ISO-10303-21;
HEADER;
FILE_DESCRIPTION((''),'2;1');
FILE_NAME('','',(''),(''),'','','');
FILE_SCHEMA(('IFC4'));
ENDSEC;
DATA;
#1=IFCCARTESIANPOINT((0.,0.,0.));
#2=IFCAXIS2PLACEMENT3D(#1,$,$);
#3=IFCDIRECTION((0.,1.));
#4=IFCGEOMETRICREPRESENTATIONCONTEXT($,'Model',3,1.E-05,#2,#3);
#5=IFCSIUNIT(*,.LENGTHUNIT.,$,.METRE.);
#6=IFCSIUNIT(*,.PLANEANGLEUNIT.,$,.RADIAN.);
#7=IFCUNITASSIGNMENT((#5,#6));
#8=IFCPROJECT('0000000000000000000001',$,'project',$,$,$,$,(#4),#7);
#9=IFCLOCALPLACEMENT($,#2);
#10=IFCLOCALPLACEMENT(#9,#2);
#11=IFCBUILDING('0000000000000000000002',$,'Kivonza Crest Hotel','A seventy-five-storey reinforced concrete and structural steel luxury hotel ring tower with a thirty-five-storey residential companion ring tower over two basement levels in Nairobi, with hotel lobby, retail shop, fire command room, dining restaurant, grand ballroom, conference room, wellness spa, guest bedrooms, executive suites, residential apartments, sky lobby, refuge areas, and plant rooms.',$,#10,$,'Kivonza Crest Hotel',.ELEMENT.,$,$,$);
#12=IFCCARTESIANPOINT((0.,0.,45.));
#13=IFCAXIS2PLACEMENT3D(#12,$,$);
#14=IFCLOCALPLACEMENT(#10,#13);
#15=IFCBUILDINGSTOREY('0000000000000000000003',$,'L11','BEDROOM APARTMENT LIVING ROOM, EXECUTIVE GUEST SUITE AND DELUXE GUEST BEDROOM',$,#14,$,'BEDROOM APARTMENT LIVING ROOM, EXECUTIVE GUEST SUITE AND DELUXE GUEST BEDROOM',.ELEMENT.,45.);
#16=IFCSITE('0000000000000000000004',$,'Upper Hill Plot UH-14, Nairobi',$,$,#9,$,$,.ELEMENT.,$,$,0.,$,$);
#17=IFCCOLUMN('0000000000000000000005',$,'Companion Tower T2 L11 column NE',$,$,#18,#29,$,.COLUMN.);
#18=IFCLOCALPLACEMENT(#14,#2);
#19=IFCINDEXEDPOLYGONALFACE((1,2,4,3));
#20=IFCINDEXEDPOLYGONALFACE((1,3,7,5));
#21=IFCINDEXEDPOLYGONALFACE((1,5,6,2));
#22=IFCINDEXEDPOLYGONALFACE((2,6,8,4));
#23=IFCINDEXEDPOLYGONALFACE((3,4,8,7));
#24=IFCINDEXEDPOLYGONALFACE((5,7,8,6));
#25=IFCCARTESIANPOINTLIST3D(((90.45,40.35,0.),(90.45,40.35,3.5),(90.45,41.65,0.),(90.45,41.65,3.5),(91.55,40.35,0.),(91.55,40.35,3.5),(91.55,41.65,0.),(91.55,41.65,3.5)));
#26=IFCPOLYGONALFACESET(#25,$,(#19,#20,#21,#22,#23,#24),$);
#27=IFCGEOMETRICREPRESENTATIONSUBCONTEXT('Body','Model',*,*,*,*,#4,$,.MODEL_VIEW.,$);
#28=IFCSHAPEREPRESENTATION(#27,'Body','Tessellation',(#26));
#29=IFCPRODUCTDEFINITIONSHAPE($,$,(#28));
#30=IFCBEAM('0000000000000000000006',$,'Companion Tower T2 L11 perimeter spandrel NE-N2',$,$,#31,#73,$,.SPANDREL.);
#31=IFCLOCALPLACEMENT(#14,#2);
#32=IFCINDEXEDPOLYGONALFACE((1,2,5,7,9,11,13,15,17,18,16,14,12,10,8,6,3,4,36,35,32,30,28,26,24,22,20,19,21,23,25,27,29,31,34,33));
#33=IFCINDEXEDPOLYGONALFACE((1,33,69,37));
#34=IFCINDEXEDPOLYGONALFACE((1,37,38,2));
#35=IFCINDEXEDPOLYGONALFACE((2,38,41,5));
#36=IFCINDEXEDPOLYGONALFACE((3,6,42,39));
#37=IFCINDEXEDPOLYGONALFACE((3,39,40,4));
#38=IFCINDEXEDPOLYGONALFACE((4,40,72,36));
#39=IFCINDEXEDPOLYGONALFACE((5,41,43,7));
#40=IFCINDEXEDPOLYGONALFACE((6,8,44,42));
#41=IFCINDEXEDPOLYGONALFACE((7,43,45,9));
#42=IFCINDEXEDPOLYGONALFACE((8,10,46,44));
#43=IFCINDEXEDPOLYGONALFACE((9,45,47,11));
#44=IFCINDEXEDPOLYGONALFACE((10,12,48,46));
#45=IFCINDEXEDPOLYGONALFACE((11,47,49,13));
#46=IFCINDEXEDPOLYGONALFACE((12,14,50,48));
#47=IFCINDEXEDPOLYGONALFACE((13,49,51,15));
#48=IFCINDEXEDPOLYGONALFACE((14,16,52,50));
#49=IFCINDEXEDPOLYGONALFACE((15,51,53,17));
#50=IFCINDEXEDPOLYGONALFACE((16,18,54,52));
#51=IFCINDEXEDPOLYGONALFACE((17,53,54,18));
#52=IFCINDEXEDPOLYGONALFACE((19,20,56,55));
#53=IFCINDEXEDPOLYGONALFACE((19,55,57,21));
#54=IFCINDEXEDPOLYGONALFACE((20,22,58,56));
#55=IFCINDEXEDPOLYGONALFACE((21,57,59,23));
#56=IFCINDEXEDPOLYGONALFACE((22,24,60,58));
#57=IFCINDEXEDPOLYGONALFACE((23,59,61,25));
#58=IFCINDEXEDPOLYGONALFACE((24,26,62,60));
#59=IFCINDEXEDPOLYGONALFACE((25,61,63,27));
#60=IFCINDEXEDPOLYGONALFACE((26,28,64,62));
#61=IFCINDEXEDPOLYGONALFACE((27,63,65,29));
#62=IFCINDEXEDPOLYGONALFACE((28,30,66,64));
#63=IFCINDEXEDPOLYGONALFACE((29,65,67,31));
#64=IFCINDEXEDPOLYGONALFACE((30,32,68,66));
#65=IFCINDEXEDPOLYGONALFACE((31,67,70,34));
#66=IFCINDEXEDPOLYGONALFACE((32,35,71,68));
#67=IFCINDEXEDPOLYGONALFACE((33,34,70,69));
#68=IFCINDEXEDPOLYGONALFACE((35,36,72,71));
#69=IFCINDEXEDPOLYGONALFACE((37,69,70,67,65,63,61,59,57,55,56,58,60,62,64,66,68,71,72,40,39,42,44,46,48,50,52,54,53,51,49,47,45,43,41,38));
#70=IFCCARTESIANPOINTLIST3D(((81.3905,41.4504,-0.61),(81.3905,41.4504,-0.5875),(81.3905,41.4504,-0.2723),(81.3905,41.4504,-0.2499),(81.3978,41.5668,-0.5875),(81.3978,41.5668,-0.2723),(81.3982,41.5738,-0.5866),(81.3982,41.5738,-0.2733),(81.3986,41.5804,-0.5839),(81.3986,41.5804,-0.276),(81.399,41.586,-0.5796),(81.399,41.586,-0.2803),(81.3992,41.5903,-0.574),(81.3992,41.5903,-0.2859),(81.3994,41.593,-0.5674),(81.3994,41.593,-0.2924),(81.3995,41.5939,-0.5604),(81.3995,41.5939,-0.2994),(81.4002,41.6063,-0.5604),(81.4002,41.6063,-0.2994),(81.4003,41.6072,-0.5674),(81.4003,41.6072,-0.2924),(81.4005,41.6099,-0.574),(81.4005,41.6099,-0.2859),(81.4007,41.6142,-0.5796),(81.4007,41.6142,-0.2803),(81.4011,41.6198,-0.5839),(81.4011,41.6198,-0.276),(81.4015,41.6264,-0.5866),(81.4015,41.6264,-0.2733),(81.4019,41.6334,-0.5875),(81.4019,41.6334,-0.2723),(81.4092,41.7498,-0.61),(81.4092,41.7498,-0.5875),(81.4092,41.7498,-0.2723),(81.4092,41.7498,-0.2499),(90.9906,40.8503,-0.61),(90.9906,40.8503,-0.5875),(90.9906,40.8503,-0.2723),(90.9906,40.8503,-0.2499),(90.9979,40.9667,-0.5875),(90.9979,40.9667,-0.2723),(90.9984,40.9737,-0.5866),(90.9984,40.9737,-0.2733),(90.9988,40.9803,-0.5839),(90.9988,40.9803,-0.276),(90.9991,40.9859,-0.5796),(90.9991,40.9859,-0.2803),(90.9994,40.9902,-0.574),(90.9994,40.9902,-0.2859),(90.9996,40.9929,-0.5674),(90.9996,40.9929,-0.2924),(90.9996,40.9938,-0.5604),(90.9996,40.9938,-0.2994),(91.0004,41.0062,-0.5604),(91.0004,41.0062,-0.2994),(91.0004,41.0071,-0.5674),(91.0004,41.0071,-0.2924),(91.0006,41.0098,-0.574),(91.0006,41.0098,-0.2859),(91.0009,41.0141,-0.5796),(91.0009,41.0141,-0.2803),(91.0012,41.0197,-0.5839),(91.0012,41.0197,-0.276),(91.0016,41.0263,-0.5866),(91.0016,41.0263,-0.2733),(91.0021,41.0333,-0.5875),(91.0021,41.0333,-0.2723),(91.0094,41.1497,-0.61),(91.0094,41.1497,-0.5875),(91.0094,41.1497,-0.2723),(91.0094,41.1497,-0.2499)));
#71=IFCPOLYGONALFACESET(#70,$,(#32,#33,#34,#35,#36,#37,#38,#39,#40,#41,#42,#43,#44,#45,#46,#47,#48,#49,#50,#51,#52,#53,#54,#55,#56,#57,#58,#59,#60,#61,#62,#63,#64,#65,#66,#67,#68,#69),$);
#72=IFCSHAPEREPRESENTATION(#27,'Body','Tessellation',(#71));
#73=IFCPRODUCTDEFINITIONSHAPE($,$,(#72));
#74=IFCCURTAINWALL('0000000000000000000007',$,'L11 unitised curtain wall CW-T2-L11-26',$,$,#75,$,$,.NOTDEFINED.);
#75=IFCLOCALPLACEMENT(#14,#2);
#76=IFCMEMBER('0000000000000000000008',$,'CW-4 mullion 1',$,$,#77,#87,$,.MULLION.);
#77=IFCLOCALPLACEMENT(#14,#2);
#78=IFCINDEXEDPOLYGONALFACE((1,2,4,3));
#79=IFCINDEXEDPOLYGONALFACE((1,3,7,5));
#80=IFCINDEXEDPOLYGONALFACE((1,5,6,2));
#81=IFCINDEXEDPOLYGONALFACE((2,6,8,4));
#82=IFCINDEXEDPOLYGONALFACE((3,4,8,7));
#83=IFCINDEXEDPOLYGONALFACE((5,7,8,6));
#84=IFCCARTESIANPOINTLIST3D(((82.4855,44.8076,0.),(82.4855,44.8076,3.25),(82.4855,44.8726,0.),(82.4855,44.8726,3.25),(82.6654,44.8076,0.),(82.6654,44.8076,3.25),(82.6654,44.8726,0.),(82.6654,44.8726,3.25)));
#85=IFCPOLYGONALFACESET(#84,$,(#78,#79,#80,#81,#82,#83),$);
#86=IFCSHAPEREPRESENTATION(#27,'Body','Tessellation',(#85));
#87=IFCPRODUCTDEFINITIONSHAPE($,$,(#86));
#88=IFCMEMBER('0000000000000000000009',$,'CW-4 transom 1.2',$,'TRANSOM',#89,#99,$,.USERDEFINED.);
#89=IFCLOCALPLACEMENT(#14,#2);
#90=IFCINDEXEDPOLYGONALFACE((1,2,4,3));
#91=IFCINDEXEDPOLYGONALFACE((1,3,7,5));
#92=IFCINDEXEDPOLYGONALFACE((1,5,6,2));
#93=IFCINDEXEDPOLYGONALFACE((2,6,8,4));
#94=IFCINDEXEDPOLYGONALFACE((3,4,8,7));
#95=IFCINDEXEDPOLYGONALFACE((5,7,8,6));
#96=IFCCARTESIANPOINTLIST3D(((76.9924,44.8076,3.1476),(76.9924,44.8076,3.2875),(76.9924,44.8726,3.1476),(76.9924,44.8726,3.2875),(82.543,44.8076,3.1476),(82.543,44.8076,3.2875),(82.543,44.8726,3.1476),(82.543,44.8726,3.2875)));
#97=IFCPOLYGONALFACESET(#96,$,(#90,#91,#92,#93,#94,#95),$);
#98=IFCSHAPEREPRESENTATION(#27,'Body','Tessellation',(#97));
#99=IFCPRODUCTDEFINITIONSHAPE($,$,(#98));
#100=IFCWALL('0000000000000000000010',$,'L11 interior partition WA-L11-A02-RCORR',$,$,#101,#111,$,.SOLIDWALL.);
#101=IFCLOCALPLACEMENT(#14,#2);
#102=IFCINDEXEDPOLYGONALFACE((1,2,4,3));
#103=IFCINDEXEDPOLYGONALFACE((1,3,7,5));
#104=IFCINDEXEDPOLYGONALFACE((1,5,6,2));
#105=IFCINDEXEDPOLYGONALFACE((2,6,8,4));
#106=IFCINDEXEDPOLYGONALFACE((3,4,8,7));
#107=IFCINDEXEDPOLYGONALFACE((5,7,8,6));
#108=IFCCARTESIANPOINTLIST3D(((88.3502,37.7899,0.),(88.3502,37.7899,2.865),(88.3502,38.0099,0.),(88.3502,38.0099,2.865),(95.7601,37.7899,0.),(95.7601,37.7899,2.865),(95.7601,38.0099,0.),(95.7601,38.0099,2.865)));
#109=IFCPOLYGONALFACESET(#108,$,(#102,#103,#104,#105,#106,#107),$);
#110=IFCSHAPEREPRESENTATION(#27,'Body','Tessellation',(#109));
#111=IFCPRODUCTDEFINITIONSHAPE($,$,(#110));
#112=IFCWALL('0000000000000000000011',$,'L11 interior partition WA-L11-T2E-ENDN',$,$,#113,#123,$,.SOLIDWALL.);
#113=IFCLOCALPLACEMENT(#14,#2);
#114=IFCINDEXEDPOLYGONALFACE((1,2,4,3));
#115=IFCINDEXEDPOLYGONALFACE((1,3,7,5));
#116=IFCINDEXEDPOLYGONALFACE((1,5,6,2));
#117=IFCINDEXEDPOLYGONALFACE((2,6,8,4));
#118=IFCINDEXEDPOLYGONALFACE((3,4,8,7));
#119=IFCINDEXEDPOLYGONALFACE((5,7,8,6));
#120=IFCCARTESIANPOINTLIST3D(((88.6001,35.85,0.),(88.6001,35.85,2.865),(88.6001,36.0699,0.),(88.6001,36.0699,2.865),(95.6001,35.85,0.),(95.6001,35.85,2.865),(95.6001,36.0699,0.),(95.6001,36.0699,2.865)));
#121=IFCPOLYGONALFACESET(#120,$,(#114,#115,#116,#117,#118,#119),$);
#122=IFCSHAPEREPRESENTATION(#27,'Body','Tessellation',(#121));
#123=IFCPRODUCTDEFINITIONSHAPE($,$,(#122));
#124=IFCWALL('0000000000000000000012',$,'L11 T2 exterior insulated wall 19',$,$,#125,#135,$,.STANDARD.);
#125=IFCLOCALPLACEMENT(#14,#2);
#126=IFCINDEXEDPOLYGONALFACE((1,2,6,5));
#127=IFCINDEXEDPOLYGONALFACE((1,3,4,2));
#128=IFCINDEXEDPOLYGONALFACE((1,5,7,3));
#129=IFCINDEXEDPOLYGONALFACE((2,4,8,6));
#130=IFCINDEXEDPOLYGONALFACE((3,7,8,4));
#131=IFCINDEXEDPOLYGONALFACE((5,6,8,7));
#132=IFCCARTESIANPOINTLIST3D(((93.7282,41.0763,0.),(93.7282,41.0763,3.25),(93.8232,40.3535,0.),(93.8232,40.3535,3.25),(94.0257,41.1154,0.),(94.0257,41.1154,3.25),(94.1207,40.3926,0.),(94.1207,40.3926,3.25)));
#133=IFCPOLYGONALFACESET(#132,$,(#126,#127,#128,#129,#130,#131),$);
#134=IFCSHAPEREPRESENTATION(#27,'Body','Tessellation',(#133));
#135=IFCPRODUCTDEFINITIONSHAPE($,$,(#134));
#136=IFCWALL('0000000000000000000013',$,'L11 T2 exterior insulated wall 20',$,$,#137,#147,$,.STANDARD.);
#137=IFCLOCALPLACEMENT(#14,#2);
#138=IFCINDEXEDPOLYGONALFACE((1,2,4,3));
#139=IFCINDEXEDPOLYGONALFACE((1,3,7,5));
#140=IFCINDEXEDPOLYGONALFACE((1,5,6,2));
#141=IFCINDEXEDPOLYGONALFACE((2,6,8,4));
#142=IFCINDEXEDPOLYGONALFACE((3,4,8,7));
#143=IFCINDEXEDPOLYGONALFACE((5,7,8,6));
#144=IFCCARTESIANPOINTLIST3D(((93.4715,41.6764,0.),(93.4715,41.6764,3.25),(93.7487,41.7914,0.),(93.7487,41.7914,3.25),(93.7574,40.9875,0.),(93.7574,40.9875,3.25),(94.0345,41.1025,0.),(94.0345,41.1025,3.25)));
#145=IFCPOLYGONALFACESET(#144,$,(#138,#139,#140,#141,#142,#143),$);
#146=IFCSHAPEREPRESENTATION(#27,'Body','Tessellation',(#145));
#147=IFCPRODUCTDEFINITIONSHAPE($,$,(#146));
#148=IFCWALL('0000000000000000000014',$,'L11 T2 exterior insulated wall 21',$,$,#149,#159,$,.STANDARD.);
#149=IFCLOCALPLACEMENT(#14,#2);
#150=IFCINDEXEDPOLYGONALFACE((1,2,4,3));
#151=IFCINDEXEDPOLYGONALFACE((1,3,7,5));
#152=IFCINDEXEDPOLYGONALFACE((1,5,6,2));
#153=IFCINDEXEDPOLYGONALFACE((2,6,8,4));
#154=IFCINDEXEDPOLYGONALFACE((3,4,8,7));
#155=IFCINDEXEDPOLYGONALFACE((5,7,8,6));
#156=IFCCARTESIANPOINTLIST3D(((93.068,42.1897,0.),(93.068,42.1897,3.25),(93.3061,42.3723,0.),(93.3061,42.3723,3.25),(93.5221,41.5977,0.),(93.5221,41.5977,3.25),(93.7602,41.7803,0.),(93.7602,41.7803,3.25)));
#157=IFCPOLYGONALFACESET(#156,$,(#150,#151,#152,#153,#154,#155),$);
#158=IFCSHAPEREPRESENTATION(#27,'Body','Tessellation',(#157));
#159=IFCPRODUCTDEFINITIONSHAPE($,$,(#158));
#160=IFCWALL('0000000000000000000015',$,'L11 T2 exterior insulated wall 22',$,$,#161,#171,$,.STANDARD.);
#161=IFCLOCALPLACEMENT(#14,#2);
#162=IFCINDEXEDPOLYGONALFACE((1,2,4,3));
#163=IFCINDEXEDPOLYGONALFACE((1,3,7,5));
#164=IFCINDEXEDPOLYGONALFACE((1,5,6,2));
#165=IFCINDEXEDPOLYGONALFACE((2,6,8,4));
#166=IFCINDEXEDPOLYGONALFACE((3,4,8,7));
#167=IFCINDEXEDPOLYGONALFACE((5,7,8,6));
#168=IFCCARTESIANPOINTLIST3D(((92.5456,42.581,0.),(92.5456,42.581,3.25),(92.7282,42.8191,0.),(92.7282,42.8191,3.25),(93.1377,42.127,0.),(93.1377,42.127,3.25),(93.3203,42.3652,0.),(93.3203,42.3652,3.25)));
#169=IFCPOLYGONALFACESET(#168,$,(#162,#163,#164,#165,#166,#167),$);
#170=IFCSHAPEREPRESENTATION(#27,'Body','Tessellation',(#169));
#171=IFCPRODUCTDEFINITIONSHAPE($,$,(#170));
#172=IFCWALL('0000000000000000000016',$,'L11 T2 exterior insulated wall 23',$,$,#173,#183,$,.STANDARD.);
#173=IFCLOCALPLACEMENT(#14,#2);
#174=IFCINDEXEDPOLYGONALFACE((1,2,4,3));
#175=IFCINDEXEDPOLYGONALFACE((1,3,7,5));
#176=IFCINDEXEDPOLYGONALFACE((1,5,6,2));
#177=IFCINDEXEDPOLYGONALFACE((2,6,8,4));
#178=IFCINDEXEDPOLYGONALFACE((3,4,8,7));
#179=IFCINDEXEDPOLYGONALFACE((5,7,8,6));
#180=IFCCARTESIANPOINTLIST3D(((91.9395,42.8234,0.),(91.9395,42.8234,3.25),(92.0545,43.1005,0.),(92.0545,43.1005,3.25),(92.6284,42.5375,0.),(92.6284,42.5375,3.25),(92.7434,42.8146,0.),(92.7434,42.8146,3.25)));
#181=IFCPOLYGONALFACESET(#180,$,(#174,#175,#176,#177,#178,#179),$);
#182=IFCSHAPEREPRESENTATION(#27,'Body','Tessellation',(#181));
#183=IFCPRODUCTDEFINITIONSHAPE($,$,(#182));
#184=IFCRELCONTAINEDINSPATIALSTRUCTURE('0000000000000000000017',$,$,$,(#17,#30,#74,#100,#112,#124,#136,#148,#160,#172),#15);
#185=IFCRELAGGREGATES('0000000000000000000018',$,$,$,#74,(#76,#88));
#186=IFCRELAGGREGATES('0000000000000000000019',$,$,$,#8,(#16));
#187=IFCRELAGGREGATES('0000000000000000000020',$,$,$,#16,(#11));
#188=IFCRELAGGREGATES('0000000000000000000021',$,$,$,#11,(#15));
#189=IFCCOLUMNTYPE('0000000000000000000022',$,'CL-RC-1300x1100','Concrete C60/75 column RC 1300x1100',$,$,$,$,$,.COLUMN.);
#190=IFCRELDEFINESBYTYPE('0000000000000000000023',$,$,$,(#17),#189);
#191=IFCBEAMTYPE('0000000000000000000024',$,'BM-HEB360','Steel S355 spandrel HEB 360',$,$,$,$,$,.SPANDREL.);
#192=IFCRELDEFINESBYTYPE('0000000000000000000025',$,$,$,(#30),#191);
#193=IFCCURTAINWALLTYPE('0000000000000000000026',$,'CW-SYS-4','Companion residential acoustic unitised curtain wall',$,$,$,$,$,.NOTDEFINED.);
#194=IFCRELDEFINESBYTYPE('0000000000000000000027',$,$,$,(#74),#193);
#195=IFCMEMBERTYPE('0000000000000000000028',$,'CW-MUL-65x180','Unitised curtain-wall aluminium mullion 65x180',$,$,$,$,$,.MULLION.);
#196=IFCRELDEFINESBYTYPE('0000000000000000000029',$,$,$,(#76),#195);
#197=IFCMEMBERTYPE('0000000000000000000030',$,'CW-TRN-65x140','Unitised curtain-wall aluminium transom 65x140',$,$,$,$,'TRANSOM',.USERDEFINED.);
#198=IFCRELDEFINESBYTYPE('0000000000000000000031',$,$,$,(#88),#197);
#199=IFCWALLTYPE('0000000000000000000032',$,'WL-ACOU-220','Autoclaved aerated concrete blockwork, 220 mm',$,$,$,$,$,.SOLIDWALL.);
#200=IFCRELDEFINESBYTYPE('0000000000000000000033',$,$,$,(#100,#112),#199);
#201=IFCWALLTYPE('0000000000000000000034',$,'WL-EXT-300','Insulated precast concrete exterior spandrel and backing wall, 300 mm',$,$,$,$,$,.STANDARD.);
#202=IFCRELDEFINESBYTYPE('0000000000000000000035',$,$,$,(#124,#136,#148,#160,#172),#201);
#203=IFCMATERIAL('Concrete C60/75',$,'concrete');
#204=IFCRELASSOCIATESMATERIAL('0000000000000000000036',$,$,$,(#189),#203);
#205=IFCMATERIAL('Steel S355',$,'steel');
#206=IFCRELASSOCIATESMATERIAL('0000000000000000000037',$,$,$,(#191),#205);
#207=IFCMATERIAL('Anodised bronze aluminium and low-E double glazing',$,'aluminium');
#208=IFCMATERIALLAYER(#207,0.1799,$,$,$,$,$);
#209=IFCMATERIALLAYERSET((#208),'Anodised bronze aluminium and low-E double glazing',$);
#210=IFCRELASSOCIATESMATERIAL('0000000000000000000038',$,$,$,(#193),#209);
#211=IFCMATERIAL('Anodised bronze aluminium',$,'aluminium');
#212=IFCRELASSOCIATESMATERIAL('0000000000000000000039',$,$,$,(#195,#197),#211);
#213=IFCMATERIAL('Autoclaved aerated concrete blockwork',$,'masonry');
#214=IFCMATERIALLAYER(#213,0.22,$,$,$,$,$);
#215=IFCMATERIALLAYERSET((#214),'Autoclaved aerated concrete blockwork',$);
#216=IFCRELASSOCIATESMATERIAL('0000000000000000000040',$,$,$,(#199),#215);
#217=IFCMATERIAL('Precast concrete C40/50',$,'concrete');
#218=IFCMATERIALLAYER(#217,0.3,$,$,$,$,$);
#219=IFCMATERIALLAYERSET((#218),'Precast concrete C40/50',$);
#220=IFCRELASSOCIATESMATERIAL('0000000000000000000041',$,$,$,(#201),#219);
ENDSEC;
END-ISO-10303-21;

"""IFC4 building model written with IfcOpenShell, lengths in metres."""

from ifc_helpers import new_model, si_unit, direction, frame, frame_2d, origin, origin_2d, place, context, subcontext, project, spatial, rectangle, i_section, extrude, material, layer, layer_set, material_profile, profile_set, type_object, element, aggregate, save


model = new_model("IFC4")

# Units and contexts
model_context = context("Model", 3, precision=1e-05, world=origin(), true_north=direction((0.0, 1.0)))
body_context = subcontext(model_context, "Body", "Model", "MODEL_VIEW")
ifc_project = project(units=[si_unit("LENGTHUNIT", "METRE"), si_unit("PLANEANGLEUNIT", "RADIAN")], contexts=[model_context])

# Site, building, storey
site_placement = place(None, origin())
site = spatial("IfcSite", under=ifc_project, at=site_placement, Name="Upper Hill Plot UH-14, Nairobi", CompositionType="ELEMENT", RefElevation=0.0)
building_placement = place(site_placement, origin())
building = spatial("IfcBuilding", under=site, at=building_placement, Name="Kivonza Crest Hotel", Description="A seventy-five-storey reinforced concrete and structural steel luxury hotel ring tower with a thirty-five-storey residential companion ring tower over two basement levels in Nairobi, with hotel lobby, retail shop, fire command room, dining restaurant, grand ballroom, conference room, wellness spa, guest bedrooms, executive suites, residential apartments, sky lobby, refuge areas, and plant rooms.", LongName="Kivonza Crest Hotel", CompositionType="ELEMENT")
storey_placement = place(building_placement, frame((0.0, 0.0, 45.0)))
storey = spatial("IfcBuildingStorey", under=building, at=storey_placement, Name="L11", Description="BEDROOM APARTMENT LIVING ROOM, EXECUTIVE GUEST SUITE AND DELUXE GUEST BEDROOM", LongName="BEDROOM APARTMENT LIVING ROOM, EXECUTIVE GUEST SUITE AND DELUXE GUEST BEDROOM", CompositionType="ELEMENT", Elevation=45.0)

# Column
ifc_material_1 = material(Name="Concrete C60/75", Category="concrete")
ifc_material_profile_1 = material_profile(ifc_material_1, rectangle(XDim=1.1001, YDim=1.3, at=origin_2d()), Name="RC 1300x1100")
ifc_profile_set_1 = profile_set([ifc_material_profile_1], Name="Concrete C60/75")
column_type = type_object("IfcColumnType", Name="CL-RC-1300x1100", Description="Concrete C60/75 column RC 1300x1100", PredefinedType="COLUMN", material=ifc_profile_set_1)
column_placement = place(storey_placement, frame((91.0, 41.0, 0.0), z_axis=(0.0, 0.0, 1.0), x_axis=(1.0, 0.0, 0.0)))
element("IfcColumn", 1, at=column_placement, inside=storey, type_object=column_type, Name="Companion Tower T2 L11 column NE", PredefinedType="COLUMN", context=body_context, shape_type="SweptSolid", body=[
    extrude(rectangle(XDim=1.1001, YDim=1.3, at=origin_2d()), origin(), (0.0, 0.0, 1.0), 3.5),
])

# Beam
ifc_material_2 = material(Name="Steel S355", Category="steel")
ifc_material_profile_2 = material_profile(ifc_material_2, i_section(OverallWidth=0.3, OverallDepth=0.3601, WebThickness=0.0125, FlangeThickness=0.0225, FilletRadius=0.0271, at=origin_2d()), Name="HEB 360")
ifc_profile_set_2 = profile_set([ifc_material_profile_2], Name="Steel S355")
beam_type = type_object("IfcBeamType", Name="BM-HEB360", Description="Steel S355 spandrel HEB 360", PredefinedType="SPANDREL", material=ifc_profile_set_2)
beam_placement = place(storey_placement, frame((91.0, 41.0, -0.4299), z_axis=(-0.998052, 0.062388, 0.0), x_axis=(-0.062388, -0.998052, 0.0)))
element("IfcBeam", 2, at=beam_placement, inside=storey, type_object=beam_type, Name="Companion Tower T2 L11 perimeter spandrel NE-N2", PredefinedType="SPANDREL", context=body_context, shape_type="SweptSolid", body=[
    extrude(i_section(OverallWidth=0.3, OverallDepth=0.3601, WebThickness=0.0125, FlangeThickness=0.0225, FilletRadius=0.0271, at=origin_2d()), origin(), (0.0, 0.0, 1.0), 9.6189),
])

# Curtain wall, members
ifc_material_3 = material(Name="Anodised bronze aluminium and low-E double glazing", Category="aluminium")
ifc_layer_1 = layer(ifc_material_3, 0.1799)
ifc_layer_set_1 = layer_set([ifc_layer_1], Name="Anodised bronze aluminium and low-E double glazing")
curtain_wall_type = type_object("IfcCurtainWallType", Name="CW-SYS-4", Description="Companion residential acoustic unitised curtain wall", PredefinedType="NOTDEFINED", material=ifc_layer_set_1)
curtain_wall_placement = place(storey_placement, origin())
curtain_wall = element("IfcCurtainWall", 3, at=curtain_wall_placement, inside=storey, type_object=curtain_wall_type, Name="L11 unitised curtain wall CW-T2-L11-26", PredefinedType="NOTDEFINED")
ifc_material_4 = material(Name="Anodised bronze aluminium", Category="aluminium")
ifc_material_profile_3 = material_profile(ifc_material_4, rectangle(XDim=0.0649, YDim=0.1799, at=origin_2d()), Name="CW-M 65x180")
ifc_profile_set_3 = profile_set([ifc_material_profile_3], Name="Anodised bronze aluminium")
member_type_1 = type_object("IfcMemberType", Name="CW-MUL-65x180", Description="Unitised curtain-wall aluminium mullion 65x180", PredefinedType="MULLION", material=ifc_profile_set_3)
member_1_placement = place(storey_placement, frame((82.5754, 44.8401, 0.0), z_axis=(0.0, 0.0, 1.0), x_axis=(0.0, -1.0, 0.0)))
member_1 = element("IfcMember", 4, at=member_1_placement, type_object=member_type_1, Name="CW-4 mullion 1", PredefinedType="MULLION", context=body_context, shape_type="SweptSolid", body=[
    extrude(rectangle(XDim=0.0649, YDim=0.1799, at=origin_2d()), origin(), (0.0, 0.0, 1.0), 3.25),
])
ifc_material_profile_4 = material_profile(ifc_material_4, rectangle(XDim=0.0649, YDim=0.1399, at=origin_2d()), Name="CW-T 65x140")
ifc_profile_set_4 = profile_set([ifc_material_profile_4], Name="Anodised bronze aluminium")
member_type_2 = type_object("IfcMemberType", Name="CW-TRN-65x140", Description="Unitised curtain-wall aluminium transom 65x140", ElementType="TRANSOM", PredefinedType="USERDEFINED", material=ifc_profile_set_4)
member_2_placement = place(storey_placement, frame((82.543, 44.8401, 3.2175), z_axis=(-1.0, 0.0, 0.0), x_axis=(0.0, -1.0, 0.0)))
member_2 = element("IfcMember", 5, at=member_2_placement, type_object=member_type_2, Name="CW-4 transom 1.2", ObjectType="TRANSOM", PredefinedType="USERDEFINED", context=body_context, shape_type="SweptSolid", body=[
    extrude(rectangle(XDim=0.0649, YDim=0.1399, at=origin_2d()), origin(), (0.0, 0.0, 1.0), 5.5505),
])
aggregate(curtain_wall, [member_1, member_2])

# Walls
ifc_material_5 = material(Name="Autoclaved aerated concrete blockwork", Category="masonry")
ifc_layer_2 = layer(ifc_material_5, 0.22)
ifc_layer_set_2 = layer_set([ifc_layer_2], Name="Autoclaved aerated concrete blockwork")
wall_type_1 = type_object("IfcWallType", Name="WL-ACOU-220", Description="Autoclaved aerated concrete blockwork, 220 mm", PredefinedType="SOLIDWALL", material=ifc_layer_set_2)
wall_1_placement = place(storey_placement, frame((88.3501, 37.8999, 0.0), z_axis=(0.0, 0.0, 1.0), x_axis=(1.0, 0.0, 0.0)))
element("IfcWall", 6, at=wall_1_placement, inside=storey, type_object=wall_type_1, Name="L11 interior partition WA-L11-A02-RCORR", PredefinedType="SOLIDWALL", context=body_context, shape_type="SweptSolid", body=[
    extrude(rectangle(XDim=7.4099, YDim=0.22, at=frame_2d((3.7051, 0.0))), origin(), (0.0, 0.0, 1.0), 2.865),
])
wall_2_placement = place(storey_placement, frame((88.6001, 35.96, 0.0), z_axis=(0.0, 0.0, 1.0), x_axis=(1.0, 0.0, 0.0)))
element("IfcWall", 7, at=wall_2_placement, inside=storey, type_object=wall_type_1, Name="L11 interior partition WA-L11-T2E-ENDN", PredefinedType="SOLIDWALL", context=body_context, shape_type="SweptSolid", body=[
    extrude(rectangle(XDim=7.0, YDim=0.22, at=frame_2d((3.5, 0.0))), origin(), (0.0, 0.0, 1.0), 2.865),
])
ifc_material_6 = material(Name="Precast concrete C40/50", Category="concrete")
ifc_layer_3 = layer(ifc_material_6, 0.3)
ifc_layer_set_3 = layer_set([ifc_layer_3], Name="Precast concrete C40/50")
wall_type_2 = type_object("IfcWallType", Name="WL-EXT-300", Description="Insulated precast concrete exterior spandrel and backing wall, 300 mm", PredefinedType="STANDARD", material=ifc_layer_set_3)
wall_3_placement = place(storey_placement, frame((93.9719, 40.373, 0.0), z_axis=(0.0, 0.0, 1.0), x_axis=(-0.130255, 0.99148, 0.0)))
element("IfcWall", 8, at=wall_3_placement, inside=storey, type_object=wall_type_2, Name="L11 T2 exterior insulated wall 19", PredefinedType="STANDARD", context=body_context, shape_type="SweptSolid", body=[
    extrude(rectangle(XDim=0.729, YDim=0.3, at=frame_2d((0.3645, 0.0))), origin(), (0.0, 0.0, 1.0), 3.25),
])
wall_4_placement = place(storey_placement, frame((93.896, 41.0449, 0.0), z_axis=(0.0, 0.0, 1.0), x_axis=(-0.383267, 0.923638, 0.0)))
element("IfcWall", 9, at=wall_4_placement, inside=storey, type_object=wall_type_2, Name="L11 T2 exterior insulated wall 20", PredefinedType="STANDARD", context=body_context, shape_type="SweptSolid", body=[
    extrude(rectangle(XDim=0.7458, YDim=0.3, at=frame_2d((0.373, 0.0))), origin(), (0.0, 0.0, 1.0), 3.25),
])
for number, where, z_axis, x_axis, name in (
    (10, (93.6411, 41.689, 0.0), (0.0, 0.0, 1.0), (-0.608603, 0.793475, 0.0), "L11 T2 exterior insulated wall 21"),
    (11, (93.229, 42.2461, 0.0), (0.0, 0.0, 1.0), (-0.793633, 0.608397, 0.0), "L11 T2 exterior insulated wall 22"),
):
    element("IfcWall", number, at=place(storey_placement, frame(where, z_axis=z_axis, x_axis=x_axis)), inside=storey, type_object=wall_type_2, Name=name, PredefinedType="STANDARD", context=body_context, shape_type="SweptSolid", body=[
        extrude(rectangle(XDim=0.7461, YDim=0.3, at=frame_2d((0.373, 0.0))), origin(), (0.0, 0.0, 1.0), 3.25),
    ])
wall_5_placement = place(storey_placement, frame((92.686, 42.676, 0.0), z_axis=(0.0, 0.0, 1.0), x_axis=(-0.923638, 0.383267, 0.0)))
element("IfcWall", 12, at=wall_5_placement, inside=storey, type_object=wall_type_2, Name="L11 T2 exterior insulated wall 23", PredefinedType="STANDARD", context=body_context, shape_type="SweptSolid", body=[
    extrude(rectangle(XDim=0.7458, YDim=0.3, at=frame_2d((0.373, 0.0))), origin(), (0.0, 0.0, 1.0), 3.25),
])

save(model, "model.ifc")
